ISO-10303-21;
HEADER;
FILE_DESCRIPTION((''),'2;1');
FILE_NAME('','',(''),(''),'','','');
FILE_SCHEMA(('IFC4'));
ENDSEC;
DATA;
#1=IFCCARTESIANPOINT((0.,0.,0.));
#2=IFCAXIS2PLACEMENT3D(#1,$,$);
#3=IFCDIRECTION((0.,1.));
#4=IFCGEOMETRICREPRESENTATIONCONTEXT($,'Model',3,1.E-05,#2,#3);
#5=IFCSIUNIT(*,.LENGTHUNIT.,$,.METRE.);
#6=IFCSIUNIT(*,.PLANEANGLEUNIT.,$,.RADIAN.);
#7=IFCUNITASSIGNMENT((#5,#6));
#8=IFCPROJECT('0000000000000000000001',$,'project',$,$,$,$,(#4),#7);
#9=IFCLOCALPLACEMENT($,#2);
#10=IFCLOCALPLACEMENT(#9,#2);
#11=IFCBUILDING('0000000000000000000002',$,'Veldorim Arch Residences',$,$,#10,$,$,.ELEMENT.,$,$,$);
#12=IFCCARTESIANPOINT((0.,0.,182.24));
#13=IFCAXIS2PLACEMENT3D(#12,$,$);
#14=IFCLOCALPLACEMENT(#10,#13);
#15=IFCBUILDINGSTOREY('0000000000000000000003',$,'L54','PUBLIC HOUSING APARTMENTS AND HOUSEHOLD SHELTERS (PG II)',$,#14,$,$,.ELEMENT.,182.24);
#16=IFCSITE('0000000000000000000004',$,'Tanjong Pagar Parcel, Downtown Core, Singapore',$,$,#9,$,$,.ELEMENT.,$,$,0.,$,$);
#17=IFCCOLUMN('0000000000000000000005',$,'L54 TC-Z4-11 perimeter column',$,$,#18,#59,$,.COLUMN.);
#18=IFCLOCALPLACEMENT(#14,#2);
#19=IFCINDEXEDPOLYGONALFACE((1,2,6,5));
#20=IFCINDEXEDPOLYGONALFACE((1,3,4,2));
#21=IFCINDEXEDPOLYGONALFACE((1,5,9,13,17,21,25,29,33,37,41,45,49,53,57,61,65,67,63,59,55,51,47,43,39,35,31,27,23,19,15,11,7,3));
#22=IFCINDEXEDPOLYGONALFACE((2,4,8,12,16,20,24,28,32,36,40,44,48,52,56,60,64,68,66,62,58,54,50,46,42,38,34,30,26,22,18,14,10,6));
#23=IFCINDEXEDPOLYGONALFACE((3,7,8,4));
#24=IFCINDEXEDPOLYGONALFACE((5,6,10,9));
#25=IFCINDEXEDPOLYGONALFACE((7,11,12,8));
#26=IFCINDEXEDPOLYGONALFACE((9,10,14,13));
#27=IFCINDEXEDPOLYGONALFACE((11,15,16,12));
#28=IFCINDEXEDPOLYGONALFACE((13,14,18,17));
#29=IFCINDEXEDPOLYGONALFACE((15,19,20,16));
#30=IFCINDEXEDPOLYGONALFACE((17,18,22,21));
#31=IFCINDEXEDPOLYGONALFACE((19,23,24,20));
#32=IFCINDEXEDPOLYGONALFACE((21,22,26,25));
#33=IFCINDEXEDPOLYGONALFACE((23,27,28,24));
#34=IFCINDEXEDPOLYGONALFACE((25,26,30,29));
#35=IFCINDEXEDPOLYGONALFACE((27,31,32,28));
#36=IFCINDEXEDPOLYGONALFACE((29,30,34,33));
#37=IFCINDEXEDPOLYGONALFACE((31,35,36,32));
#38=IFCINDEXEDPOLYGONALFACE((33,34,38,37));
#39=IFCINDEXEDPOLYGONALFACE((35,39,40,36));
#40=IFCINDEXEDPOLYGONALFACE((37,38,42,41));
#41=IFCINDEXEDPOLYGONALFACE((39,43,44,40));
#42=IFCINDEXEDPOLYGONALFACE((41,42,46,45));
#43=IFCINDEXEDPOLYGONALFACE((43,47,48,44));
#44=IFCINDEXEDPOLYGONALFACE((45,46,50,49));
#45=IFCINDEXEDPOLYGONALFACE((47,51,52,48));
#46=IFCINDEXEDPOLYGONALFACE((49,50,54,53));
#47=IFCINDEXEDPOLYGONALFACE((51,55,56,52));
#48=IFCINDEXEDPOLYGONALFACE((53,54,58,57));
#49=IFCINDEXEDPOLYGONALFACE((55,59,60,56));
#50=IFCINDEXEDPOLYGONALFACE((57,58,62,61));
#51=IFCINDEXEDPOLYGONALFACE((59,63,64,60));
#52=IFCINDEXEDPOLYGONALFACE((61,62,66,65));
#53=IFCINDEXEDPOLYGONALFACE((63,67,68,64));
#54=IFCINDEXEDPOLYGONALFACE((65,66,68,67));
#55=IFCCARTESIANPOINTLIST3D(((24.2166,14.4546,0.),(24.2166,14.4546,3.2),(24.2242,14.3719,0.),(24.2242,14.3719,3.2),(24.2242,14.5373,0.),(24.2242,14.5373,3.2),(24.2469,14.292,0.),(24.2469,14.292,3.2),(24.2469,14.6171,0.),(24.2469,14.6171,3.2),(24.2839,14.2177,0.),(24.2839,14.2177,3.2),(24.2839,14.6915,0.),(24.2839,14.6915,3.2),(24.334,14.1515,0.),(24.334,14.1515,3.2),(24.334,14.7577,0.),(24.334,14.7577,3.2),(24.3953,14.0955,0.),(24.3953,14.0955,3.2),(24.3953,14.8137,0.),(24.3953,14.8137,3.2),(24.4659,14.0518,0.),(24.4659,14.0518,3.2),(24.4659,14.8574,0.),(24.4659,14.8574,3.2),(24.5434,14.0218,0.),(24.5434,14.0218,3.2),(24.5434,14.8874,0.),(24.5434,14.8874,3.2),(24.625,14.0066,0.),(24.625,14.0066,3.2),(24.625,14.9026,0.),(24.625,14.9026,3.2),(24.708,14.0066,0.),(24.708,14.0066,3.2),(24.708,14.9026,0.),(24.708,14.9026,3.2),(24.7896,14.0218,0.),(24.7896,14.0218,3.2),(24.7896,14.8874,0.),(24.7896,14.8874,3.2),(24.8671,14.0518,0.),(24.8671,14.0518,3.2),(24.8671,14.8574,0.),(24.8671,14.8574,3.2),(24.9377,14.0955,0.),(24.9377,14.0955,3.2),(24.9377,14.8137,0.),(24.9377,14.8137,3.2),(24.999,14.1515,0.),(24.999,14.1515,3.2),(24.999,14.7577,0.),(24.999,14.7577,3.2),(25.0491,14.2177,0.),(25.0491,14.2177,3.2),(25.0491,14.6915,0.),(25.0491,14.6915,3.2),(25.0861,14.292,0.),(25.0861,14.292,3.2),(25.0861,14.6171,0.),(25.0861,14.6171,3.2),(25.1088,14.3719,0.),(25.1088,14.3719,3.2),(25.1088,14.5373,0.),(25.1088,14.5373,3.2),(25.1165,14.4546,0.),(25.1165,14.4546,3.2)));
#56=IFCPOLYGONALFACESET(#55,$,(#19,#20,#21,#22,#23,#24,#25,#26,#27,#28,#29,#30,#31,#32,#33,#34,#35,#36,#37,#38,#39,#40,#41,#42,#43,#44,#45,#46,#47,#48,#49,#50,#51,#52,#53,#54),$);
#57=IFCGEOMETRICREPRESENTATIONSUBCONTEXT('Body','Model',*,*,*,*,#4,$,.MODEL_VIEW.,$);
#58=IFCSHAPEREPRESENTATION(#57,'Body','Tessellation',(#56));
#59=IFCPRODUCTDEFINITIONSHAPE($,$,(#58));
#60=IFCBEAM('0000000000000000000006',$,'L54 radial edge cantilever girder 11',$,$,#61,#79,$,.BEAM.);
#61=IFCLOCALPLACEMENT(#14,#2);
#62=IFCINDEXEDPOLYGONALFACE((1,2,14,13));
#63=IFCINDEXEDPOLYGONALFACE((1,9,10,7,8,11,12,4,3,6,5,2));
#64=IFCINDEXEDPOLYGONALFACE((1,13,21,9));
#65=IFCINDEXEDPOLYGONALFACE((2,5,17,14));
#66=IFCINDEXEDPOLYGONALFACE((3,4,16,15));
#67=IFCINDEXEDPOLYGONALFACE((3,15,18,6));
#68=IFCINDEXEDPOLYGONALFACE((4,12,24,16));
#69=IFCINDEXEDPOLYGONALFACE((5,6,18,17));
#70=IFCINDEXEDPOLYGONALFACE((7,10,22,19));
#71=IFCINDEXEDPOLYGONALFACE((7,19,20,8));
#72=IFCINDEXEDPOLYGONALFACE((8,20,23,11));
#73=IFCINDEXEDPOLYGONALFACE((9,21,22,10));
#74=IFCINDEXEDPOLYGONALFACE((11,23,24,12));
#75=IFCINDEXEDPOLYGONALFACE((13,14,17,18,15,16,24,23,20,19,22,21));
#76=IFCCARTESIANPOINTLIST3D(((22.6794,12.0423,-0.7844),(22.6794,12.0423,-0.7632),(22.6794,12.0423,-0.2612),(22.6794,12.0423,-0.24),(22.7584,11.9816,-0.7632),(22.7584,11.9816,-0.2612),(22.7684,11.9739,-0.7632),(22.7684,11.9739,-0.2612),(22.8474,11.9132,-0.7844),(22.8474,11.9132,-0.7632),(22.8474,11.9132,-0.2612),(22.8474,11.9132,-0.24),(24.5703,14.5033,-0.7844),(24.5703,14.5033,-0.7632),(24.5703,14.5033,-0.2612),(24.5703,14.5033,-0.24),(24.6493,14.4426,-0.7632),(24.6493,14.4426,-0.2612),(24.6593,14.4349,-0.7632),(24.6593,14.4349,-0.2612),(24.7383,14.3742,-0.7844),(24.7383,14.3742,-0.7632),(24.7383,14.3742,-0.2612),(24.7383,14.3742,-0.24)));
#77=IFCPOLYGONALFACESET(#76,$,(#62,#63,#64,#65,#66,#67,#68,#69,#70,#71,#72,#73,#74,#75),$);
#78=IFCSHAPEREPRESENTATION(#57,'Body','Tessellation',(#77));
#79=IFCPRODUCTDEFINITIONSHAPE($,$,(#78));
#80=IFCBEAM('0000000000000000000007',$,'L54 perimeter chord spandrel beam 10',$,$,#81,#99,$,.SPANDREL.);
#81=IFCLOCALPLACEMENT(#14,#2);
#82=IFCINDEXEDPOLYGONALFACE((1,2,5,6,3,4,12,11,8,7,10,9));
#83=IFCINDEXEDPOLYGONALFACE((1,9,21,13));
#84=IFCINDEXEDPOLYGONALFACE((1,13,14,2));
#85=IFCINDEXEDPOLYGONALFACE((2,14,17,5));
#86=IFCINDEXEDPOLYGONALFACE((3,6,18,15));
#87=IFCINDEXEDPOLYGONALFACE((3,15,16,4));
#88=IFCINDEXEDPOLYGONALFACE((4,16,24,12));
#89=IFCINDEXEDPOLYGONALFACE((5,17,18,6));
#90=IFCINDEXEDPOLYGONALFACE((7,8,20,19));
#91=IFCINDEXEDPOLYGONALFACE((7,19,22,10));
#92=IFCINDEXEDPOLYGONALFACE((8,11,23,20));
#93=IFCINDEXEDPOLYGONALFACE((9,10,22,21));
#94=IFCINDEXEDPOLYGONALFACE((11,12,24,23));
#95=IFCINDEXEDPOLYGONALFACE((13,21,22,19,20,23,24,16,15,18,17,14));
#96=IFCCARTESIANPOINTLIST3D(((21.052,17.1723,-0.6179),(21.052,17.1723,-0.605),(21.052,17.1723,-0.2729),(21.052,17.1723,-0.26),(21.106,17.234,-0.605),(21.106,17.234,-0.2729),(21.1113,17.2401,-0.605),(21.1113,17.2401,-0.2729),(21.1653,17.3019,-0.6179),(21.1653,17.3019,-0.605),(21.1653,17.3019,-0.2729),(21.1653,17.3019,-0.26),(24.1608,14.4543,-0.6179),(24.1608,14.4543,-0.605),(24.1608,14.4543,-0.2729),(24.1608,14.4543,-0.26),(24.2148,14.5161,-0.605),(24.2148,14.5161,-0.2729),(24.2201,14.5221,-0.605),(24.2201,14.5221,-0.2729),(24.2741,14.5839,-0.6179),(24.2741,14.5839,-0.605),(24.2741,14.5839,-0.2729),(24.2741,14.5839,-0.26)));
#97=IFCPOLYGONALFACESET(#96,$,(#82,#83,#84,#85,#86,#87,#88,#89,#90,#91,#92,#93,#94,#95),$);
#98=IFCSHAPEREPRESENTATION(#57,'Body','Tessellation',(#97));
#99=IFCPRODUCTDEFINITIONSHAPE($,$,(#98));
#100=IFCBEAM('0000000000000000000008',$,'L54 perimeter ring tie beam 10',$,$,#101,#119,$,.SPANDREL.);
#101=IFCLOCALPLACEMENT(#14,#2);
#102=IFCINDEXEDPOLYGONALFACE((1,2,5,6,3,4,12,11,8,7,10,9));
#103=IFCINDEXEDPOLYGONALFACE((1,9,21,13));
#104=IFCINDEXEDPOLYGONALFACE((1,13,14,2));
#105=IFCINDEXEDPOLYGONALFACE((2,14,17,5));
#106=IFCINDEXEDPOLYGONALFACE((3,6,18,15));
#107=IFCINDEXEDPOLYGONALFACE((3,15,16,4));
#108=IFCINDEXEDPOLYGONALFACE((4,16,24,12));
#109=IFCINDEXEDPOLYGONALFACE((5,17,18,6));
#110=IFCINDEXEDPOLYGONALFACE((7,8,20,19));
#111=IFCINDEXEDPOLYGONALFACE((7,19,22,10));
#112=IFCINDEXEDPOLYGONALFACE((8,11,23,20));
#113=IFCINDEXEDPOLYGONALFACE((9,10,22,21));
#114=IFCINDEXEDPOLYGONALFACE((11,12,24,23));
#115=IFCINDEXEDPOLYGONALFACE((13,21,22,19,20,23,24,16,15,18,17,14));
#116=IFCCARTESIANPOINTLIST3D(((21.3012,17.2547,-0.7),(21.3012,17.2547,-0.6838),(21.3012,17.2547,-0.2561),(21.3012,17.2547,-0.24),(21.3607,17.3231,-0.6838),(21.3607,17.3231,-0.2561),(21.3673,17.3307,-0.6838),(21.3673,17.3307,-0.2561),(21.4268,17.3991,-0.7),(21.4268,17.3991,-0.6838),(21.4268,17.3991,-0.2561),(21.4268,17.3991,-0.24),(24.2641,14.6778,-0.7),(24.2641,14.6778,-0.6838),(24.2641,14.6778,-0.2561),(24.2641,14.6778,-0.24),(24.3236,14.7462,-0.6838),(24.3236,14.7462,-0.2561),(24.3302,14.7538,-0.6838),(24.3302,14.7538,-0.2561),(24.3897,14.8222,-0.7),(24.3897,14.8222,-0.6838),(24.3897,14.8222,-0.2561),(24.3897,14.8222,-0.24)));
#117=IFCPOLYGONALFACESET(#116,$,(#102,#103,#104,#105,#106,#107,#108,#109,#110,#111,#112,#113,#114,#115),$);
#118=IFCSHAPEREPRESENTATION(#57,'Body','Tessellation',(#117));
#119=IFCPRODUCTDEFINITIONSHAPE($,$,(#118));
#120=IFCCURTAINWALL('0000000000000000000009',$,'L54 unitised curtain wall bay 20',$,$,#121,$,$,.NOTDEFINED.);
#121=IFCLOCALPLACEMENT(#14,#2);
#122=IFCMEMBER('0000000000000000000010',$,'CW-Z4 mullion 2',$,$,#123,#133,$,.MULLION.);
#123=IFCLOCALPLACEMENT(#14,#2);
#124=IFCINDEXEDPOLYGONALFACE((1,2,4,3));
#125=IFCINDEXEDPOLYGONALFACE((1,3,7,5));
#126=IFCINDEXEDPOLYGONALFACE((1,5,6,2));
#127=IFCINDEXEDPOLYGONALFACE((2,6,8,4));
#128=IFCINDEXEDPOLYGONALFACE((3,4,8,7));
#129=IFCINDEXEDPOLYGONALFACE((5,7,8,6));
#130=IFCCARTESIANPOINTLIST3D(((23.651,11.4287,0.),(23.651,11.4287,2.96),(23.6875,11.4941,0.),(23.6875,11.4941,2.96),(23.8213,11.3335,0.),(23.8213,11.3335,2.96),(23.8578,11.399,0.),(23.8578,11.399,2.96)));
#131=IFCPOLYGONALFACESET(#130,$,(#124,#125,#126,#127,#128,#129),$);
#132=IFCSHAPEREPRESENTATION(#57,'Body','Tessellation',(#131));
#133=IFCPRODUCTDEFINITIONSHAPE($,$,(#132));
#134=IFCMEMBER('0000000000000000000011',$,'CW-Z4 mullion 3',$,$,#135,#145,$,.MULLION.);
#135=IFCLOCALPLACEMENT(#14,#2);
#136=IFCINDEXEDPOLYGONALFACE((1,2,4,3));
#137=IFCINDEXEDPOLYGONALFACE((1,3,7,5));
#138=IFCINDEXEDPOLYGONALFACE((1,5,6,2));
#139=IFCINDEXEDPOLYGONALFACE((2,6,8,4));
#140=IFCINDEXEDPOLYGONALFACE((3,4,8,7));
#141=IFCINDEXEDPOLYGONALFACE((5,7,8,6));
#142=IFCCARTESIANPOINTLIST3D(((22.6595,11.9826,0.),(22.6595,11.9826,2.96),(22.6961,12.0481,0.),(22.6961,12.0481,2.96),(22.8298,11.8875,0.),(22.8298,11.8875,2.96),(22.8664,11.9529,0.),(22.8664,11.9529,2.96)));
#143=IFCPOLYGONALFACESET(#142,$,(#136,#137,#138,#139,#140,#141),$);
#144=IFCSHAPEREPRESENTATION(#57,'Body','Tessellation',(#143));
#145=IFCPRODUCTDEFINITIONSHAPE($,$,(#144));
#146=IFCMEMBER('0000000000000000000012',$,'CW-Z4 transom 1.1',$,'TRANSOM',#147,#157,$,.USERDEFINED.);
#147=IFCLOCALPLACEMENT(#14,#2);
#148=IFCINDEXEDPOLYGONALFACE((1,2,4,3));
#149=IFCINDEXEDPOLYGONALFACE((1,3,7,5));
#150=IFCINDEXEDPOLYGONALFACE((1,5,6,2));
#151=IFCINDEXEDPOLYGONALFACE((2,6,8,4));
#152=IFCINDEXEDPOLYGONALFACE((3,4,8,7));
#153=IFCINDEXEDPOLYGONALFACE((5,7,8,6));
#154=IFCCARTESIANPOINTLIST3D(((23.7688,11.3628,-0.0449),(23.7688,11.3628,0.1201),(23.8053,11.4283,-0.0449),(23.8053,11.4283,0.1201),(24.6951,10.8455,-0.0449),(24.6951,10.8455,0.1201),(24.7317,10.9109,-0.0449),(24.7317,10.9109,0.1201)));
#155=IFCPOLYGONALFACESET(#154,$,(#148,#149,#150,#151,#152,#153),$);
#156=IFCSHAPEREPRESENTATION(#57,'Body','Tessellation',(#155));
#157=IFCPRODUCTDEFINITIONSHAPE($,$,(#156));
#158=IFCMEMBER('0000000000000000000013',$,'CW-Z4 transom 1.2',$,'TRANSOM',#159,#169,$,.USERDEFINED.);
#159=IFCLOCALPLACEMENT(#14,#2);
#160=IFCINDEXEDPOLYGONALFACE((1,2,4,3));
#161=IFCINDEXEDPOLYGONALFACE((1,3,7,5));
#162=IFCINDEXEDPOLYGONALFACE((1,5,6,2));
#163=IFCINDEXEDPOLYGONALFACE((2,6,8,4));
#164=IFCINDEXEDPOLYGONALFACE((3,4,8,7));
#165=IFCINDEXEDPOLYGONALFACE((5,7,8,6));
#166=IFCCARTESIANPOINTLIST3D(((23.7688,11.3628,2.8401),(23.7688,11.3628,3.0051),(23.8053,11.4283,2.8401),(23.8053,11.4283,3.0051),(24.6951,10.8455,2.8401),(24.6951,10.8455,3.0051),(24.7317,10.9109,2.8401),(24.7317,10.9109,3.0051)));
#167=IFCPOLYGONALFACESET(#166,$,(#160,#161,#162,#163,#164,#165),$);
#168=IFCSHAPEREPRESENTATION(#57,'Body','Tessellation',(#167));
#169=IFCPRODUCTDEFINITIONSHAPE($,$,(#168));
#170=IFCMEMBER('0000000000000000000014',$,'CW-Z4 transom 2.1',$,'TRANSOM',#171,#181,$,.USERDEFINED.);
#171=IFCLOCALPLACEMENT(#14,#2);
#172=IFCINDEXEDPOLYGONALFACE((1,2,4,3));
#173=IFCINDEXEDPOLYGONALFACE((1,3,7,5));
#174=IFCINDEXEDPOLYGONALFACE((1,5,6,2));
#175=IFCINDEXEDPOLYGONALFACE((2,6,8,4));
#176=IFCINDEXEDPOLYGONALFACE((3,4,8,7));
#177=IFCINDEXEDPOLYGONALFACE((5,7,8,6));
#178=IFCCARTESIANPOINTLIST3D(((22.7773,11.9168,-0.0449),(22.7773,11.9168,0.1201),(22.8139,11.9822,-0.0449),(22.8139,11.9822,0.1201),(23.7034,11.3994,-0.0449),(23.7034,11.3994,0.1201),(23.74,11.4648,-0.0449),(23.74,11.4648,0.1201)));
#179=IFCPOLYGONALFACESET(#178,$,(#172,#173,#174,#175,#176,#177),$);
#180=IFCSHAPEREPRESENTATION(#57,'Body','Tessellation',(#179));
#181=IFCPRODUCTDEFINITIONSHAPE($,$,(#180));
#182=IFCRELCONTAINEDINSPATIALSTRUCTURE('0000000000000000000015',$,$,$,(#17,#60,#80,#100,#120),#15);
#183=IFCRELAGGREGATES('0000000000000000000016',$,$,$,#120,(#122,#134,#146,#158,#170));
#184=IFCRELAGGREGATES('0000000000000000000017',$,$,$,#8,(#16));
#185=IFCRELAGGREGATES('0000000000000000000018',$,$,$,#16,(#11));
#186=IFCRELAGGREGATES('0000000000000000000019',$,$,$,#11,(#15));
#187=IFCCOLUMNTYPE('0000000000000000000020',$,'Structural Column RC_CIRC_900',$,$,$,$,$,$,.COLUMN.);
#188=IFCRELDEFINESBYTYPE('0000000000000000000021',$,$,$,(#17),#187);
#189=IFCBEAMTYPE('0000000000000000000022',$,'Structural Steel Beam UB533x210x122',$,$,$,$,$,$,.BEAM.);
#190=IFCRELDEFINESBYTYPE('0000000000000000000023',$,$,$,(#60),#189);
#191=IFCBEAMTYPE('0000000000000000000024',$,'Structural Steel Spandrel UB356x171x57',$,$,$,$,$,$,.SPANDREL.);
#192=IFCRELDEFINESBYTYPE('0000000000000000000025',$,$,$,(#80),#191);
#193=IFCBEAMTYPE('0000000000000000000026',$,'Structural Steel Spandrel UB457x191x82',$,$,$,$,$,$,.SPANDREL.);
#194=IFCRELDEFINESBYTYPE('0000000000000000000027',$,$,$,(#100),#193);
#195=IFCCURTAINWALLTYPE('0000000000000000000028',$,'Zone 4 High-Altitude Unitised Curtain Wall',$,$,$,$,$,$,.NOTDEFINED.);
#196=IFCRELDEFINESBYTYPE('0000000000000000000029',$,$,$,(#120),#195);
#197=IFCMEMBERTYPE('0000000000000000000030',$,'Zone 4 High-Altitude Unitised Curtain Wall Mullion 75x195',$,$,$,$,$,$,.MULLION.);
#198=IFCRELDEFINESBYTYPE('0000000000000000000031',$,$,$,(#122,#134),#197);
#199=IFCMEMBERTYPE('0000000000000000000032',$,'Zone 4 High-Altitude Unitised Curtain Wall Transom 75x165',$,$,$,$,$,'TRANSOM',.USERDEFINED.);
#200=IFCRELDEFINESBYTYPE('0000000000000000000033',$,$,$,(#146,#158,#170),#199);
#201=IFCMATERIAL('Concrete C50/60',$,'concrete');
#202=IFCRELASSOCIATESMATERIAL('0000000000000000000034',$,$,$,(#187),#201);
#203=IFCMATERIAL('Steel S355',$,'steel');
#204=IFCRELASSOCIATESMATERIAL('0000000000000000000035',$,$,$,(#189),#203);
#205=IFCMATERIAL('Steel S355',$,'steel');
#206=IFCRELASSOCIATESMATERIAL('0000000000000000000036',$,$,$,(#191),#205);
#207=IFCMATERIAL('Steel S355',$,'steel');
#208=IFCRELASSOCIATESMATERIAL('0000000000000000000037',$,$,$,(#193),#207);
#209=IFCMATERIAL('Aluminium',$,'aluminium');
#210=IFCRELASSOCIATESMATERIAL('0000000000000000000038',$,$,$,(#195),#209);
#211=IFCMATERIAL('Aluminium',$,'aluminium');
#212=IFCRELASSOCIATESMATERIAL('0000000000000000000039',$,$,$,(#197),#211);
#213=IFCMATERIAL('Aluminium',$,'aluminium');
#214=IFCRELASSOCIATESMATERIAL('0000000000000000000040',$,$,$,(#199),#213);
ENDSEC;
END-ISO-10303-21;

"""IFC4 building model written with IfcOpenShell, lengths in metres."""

from ifc_helpers import new_model, si_unit, direction, frame, origin, origin_2d, place, context, subcontext, project, spatial, rectangle, circle, i_section, extrude, material, material_profile, profile_set, type_object, element, aggregate, save


model = new_model("IFC4")

# Units and contexts
model_context = context("Model", 3, precision=1e-05, world=origin(), true_north=direction((0.0, 1.0)))
body_context = subcontext(model_context, "Body", "Model", "MODEL_VIEW")
ifc_project = project(units=[si_unit("LENGTHUNIT", "METRE"), si_unit("PLANEANGLEUNIT", "RADIAN")], contexts=[model_context])

# Site, building, storey
site_placement = place(None, origin())
site = spatial("IfcSite", under=ifc_project, at=site_placement, Name="Tanjong Pagar Parcel, Downtown Core, Singapore", CompositionType="ELEMENT", RefElevation=0.0)
building_placement = place(site_placement, origin())
building = spatial("IfcBuilding", under=site, at=building_placement, Name="Veldorim Arch Residences", CompositionType="ELEMENT")
storey_placement = place(building_placement, frame((0.0, 0.0, 182.24)))
storey = spatial("IfcBuildingStorey", under=building, at=storey_placement, Name="L54", Description="PUBLIC HOUSING APARTMENTS AND HOUSEHOLD SHELTERS (PG II)", CompositionType="ELEMENT", Elevation=182.24)

# Column
ifc_material_1 = material(Name="Concrete C50/60", Category="concrete")
ifc_material_profile_1 = material_profile(ifc_material_1, circle(Radius=0.45, at=origin_2d()), Name="RC_CIRC_900")
ifc_profile_set_1 = profile_set([ifc_material_profile_1], Name="Concrete C50/60")
column_type = type_object("IfcColumnType", Name="Structural Column RC_CIRC_900", PredefinedType="COLUMN", material=ifc_profile_set_1)
column_placement = place(storey_placement, frame((24.6665, 14.4546, 0.0), z_axis=(0.0, 0.0, 1.0), x_axis=(1.0, 0.0, 0.0)))
element("IfcColumn", 1, at=column_placement, inside=storey, type_object=column_type, Name="L54 TC-Z4-11 perimeter column", PredefinedType="COLUMN", context=body_context, shape_type="SweptSolid", body=[
    extrude(circle(Radius=0.45, at=origin_2d()), origin(), (0.0, 0.0, 1.0), 3.2),
])

# Beams
ifc_material_2 = material(Name="Steel S355", Category="steel")
ifc_material_profile_2 = material_profile(ifc_material_2, i_section(OverallWidth=0.2119, OverallDepth=0.5444, WebThickness=0.0127, FlangeThickness=0.0212, at=origin_2d()), Name="UB533x210x122")
ifc_profile_set_2 = profile_set([ifc_material_profile_2], Name="Steel S355")
beam_type_1 = type_object("IfcBeamType", Name="Structural Steel Beam UB533x210x122", PredefinedType="BEAM", material=ifc_profile_set_2)
beam_1_placement = place(storey_placement, frame((24.6543, 14.4387, -0.5122), z_axis=(-0.609273, -0.79296, 0.0), x_axis=(0.79296, -0.609273, 0.0)))
element("IfcBeam", 2, at=beam_1_placement, inside=storey, type_object=beam_type_1, Name="L54 radial edge cantilever girder 11", PredefinedType="BEAM", context=body_context, shape_type="SweptSolid", body=[
    extrude(i_section(OverallWidth=0.2119, OverallDepth=0.5444, WebThickness=0.0127, FlangeThickness=0.0212, at=origin_2d()), origin(), (0.0, 0.0, 1.0), 3.1035),
])
ifc_material_3 = material(Name="Steel S355", Category="steel")
ifc_material_profile_3 = material_profile(ifc_material_3, i_section(OverallWidth=0.1721, OverallDepth=0.3579, WebThickness=0.0081, FlangeThickness=0.0129, at=origin_2d()), Name="UB356x171x57")
ifc_profile_set_3 = profile_set([ifc_material_profile_3], Name="Steel S355")
beam_type_2 = type_object("IfcBeamType", Name="Structural Steel Spandrel UB356x171x57", PredefinedType="SPANDREL", material=ifc_profile_set_3)
beam_2_placement = place(storey_placement, frame((21.1086, 17.2371, -0.439), z_axis=(0.752848, -0.658195, 0.0), x_axis=(0.658195, 0.752848, 0.0)))
element("IfcBeam", 3, at=beam_2_placement, inside=storey, type_object=beam_type_2, Name="L54 perimeter chord spandrel beam 10", PredefinedType="SPANDREL", context=body_context, shape_type="SweptSolid", body=[
    extrude(i_section(OverallWidth=0.1721, OverallDepth=0.3579, WebThickness=0.0081, FlangeThickness=0.0129, at=origin_2d()), origin(), (0.0, 0.0, 1.0), 4.1294),
])
ifc_material_4 = material(Name="Steel S355", Category="steel")
ifc_material_profile_4 = material_profile(ifc_material_4, i_section(OverallWidth=0.1914, OverallDepth=0.46, WebThickness=0.01, FlangeThickness=0.0161, at=origin_2d()), Name="UB457x191x82")
ifc_profile_set_4 = profile_set([ifc_material_profile_4], Name="Steel S355")
beam_type_3 = type_object("IfcBeamType", Name="Structural Steel Spandrel UB457x191x82", PredefinedType="SPANDREL", material=ifc_profile_set_4)
beam_3_placement = place(storey_placement, frame((21.364, 17.3269, -0.47), z_axis=(0.754545, -0.656248, 0.0), x_axis=(0.656248, 0.754545, 0.0)))
element("IfcBeam", 4, at=beam_3_placement, inside=storey, type_object=beam_type_3, Name="L54 perimeter ring tie beam 10", PredefinedType="SPANDREL", context=body_context, shape_type="SweptSolid", body=[
    extrude(i_section(OverallWidth=0.1914, OverallDepth=0.46, WebThickness=0.01, FlangeThickness=0.0161, at=origin_2d()), origin(), (0.0, 0.0, 1.0), 3.9268),
])

# Curtain wall, members
ifc_material_5 = material(Name="Aluminium", Category="aluminium")
curtain_wall_type = type_object("IfcCurtainWallType", Name="Zone 4 High-Altitude Unitised Curtain Wall", PredefinedType="NOTDEFINED", material=ifc_material_5)
curtain_wall_placement = place(storey_placement, origin())
curtain_wall = element("IfcCurtainWall", 5, at=curtain_wall_placement, inside=storey, type_object=curtain_wall_type, Name="L54 unitised curtain wall bay 20", PredefinedType="NOTDEFINED")
ifc_material_6 = material(Name="Aluminium", Category="aluminium")
ifc_material_profile_5 = material_profile(ifc_material_6, rectangle(XDim=0.075, YDim=0.1951, at=origin_2d()), Name="ALU_MUL_75x195")
ifc_profile_set_5 = profile_set([ifc_material_profile_5], Name="Aluminium")
member_type_1 = type_object("IfcMemberType", Name="Zone 4 High-Altitude Unitised Curtain Wall Mullion 75x195", PredefinedType="MULLION", material=ifc_profile_set_5)
member_1_placement = place(storey_placement, frame((23.7544, 11.4138, 0.0), z_axis=(0.0, 0.0, 1.0), x_axis=(-0.487736, -0.872991, 0.0)))
member_1 = element("IfcMember", 6, at=member_1_placement, type_object=member_type_1, Name="CW-Z4 mullion 2", PredefinedType="MULLION", context=body_context, shape_type="SweptSolid", body=[
    extrude(rectangle(XDim=0.075, YDim=0.1951, at=origin_2d()), origin(), (0.0, 0.0, 1.0), 2.96),
])
member_2_placement = place(storey_placement, frame((22.7629, 11.9678, 0.0), z_axis=(0.0, 0.0, 1.0), x_axis=(-0.487736, -0.872991, 0.0)))
member_2 = element("IfcMember", 7, at=member_2_placement, type_object=member_type_1, Name="CW-Z4 mullion 3", PredefinedType="MULLION", context=body_context, shape_type="SweptSolid", body=[
    extrude(rectangle(XDim=0.075, YDim=0.1951, at=origin_2d()), origin(), (0.0, 0.0, 1.0), 2.96),
])
ifc_material_7 = material(Name="Aluminium", Category="aluminium")
ifc_material_profile_6 = material_profile(ifc_material_7, rectangle(XDim=0.075, YDim=0.165, at=origin_2d()), Name="ALU_TRN_75x165")
ifc_profile_set_6 = profile_set([ifc_material_profile_6], Name="Aluminium")
member_type_2 = type_object("IfcMemberType", Name="Zone 4 High-Altitude Unitised Curtain Wall Transom 75x165", ElementType="TRANSOM", PredefinedType="USERDEFINED", material=ifc_profile_set_6)
member_3_placement = place(storey_placement, frame((24.7134, 10.8782, 0.0376), z_axis=(-0.873059, 0.487615, 0.0), x_axis=(-0.487615, -0.873059, 0.0)))
member_3 = element("IfcMember", 8, at=member_3_placement, type_object=member_type_2, Name="CW-Z4 transom 1.1", ObjectType="TRANSOM", PredefinedType="USERDEFINED", context=body_context, shape_type="SweptSolid", body=[
    extrude(rectangle(XDim=0.075, YDim=0.165, at=origin_2d()), origin(), (0.0, 0.0, 1.0), 1.061),
])
member_4_placement = place(storey_placement, frame((24.7134, 10.8782, 2.9226), z_axis=(-0.873059, 0.487615, 0.0), x_axis=(-0.487615, -0.873059, 0.0)))
member_4 = element("IfcMember", 9, at=member_4_placement, type_object=member_type_2, Name="CW-Z4 transom 1.2", ObjectType="TRANSOM", PredefinedType="USERDEFINED", context=body_context, shape_type="SweptSolid", body=[
    extrude(rectangle(XDim=0.075, YDim=0.165, at=origin_2d()), origin(), (0.0, 0.0, 1.0), 1.061),
])
member_5_placement = place(storey_placement, frame((23.7217, 11.4321, 0.0376), z_axis=(-0.873004, 0.487713, 0.0), x_axis=(-0.487713, -0.873004, 0.0)))
member_5 = element("IfcMember", 10, at=member_5_placement, type_object=member_type_2, Name="CW-Z4 transom 2.1", ObjectType="TRANSOM", PredefinedType="USERDEFINED", context=body_context, shape_type="SweptSolid", body=[
    extrude(rectangle(XDim=0.075, YDim=0.165, at=origin_2d()), origin(), (0.0, 0.0, 1.0), 1.0608),
])
aggregate(curtain_wall, [member_1, member_2, member_3, member_4, member_5])

save(model, "model.ifc")
